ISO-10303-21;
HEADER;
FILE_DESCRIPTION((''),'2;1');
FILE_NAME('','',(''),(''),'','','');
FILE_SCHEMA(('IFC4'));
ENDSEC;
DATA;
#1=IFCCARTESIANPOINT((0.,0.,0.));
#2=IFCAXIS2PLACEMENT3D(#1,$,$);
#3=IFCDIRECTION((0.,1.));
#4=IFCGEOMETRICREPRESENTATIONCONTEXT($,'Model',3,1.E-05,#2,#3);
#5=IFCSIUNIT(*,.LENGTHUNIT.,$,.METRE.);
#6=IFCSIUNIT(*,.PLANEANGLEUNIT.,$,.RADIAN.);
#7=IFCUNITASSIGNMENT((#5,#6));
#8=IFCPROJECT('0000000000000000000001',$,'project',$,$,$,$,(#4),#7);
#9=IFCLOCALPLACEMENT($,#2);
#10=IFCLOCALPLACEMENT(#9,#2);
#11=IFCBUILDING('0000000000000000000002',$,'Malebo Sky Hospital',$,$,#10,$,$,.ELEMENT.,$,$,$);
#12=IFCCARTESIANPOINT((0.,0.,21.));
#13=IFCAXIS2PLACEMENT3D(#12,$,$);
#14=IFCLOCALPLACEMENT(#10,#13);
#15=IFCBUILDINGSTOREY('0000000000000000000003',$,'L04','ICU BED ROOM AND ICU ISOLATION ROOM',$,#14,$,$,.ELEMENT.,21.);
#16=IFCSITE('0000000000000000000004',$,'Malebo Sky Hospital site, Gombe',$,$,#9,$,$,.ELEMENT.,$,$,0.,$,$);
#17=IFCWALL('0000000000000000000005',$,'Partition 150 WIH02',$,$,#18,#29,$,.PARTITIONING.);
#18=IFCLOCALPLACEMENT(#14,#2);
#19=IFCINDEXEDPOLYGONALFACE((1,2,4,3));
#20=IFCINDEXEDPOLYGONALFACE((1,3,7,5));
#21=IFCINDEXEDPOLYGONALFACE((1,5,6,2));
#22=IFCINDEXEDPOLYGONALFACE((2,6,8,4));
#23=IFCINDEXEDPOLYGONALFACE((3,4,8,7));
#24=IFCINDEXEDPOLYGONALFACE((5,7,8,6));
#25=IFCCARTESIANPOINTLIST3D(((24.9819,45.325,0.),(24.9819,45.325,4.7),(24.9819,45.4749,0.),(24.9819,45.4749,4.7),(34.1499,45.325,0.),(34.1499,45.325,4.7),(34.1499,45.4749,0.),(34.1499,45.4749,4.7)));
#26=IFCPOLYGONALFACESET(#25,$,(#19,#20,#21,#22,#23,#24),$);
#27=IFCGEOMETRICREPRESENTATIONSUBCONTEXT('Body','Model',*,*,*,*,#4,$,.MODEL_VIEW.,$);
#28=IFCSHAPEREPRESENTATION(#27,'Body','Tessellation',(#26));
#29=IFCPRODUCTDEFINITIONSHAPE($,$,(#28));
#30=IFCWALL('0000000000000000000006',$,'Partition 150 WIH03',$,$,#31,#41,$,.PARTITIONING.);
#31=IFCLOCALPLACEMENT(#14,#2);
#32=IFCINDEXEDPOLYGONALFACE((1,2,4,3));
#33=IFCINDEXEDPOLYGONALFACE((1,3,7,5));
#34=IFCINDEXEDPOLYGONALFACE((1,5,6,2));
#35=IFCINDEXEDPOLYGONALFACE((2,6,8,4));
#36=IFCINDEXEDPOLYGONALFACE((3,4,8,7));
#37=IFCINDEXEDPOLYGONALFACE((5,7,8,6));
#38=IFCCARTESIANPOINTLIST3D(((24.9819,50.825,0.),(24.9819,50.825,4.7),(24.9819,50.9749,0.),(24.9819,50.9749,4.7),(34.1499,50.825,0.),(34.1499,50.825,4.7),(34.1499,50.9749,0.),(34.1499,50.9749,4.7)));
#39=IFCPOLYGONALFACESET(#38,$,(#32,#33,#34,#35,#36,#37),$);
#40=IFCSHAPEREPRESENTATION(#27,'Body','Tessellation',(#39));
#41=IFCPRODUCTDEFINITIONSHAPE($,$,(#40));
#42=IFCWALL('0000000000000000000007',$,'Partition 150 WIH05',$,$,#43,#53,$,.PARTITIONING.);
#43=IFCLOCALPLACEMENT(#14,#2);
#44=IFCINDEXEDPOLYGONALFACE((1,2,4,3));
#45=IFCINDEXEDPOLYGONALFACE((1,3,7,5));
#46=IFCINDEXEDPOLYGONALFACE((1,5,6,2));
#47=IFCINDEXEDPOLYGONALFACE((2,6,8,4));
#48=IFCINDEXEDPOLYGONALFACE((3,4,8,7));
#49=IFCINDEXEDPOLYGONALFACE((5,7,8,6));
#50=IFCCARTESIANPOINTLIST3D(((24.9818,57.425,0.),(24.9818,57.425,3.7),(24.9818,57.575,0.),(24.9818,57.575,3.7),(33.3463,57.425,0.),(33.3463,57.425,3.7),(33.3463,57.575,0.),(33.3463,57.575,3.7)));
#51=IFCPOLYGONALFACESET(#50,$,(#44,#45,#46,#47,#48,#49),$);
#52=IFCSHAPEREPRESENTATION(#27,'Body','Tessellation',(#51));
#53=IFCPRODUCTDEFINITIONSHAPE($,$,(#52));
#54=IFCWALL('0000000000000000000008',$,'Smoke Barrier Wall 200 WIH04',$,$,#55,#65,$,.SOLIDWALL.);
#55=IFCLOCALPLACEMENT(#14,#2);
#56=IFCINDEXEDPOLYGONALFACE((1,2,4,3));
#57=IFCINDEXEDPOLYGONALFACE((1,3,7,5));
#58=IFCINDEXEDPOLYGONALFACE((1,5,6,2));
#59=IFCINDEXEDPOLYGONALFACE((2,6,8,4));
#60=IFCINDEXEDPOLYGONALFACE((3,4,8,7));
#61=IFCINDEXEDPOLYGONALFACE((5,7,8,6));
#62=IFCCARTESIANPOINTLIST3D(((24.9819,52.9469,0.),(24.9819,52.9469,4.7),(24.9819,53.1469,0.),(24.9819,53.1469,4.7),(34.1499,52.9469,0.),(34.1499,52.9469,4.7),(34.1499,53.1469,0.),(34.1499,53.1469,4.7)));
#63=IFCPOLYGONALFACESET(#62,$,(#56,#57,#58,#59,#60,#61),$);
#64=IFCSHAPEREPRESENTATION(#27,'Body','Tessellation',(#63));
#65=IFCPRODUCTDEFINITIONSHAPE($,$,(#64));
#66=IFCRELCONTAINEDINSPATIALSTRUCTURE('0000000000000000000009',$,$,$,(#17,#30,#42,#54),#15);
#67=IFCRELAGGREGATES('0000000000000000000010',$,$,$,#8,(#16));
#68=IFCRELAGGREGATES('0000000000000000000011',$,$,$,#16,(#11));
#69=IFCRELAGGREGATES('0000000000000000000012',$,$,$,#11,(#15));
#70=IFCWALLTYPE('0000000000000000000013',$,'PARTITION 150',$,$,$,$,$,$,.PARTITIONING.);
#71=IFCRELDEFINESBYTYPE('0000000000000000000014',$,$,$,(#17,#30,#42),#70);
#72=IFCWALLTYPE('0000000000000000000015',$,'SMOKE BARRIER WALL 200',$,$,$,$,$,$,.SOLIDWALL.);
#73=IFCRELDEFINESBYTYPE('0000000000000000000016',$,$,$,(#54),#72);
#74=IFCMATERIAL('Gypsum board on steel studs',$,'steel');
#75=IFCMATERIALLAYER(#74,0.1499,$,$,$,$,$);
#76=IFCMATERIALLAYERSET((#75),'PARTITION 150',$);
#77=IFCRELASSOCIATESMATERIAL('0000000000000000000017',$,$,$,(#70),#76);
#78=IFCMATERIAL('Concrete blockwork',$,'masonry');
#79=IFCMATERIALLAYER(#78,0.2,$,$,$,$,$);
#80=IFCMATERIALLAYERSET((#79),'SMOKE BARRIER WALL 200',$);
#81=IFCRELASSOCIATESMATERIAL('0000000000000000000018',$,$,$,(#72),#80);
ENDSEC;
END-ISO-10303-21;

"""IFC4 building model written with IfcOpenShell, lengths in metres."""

from ifc_helpers import new_model, si_unit, direction, frame, frame_2d, origin, place, context, subcontext, project, spatial, rectangle, extrude, material, layer, layer_set, type_object, element, save


model = new_model("IFC4")

# Units and contexts
model_context = context("Model", 3, precision=1e-05, world=origin(), true_north=direction((0.0, 1.0)))
body_context = subcontext(model_context, "Body", "Model", "MODEL_VIEW")
ifc_project = project(units=[si_unit("LENGTHUNIT", "METRE"), si_unit("PLANEANGLEUNIT", "RADIAN")], contexts=[model_context])

# Site, building, storey
site_placement = place(None, origin())
site = spatial("IfcSite", under=ifc_project, at=site_placement, Name="Malebo Sky Hospital site, Gombe", CompositionType="ELEMENT", RefElevation=0.0)
building_placement = place(site_placement, origin())
building = spatial("IfcBuilding", under=site, at=building_placement, Name="Malebo Sky Hospital", CompositionType="ELEMENT")
storey_placement = place(building_placement, frame((0.0, 0.0, 21.0)))
storey = spatial("IfcBuildingStorey", under=building, at=storey_placement, Name="L04", Description="ICU BED ROOM AND ICU ISOLATION ROOM", CompositionType="ELEMENT", Elevation=21.0)

# Shared definitions
ifc_material_1 = material(Name="Gypsum board on steel studs", Category="steel")

# Shared definitions
ifc_layer_1 = layer(ifc_material_1, 0.1499)
ifc_layer_set_1 = layer_set([ifc_layer_1], Name="PARTITION 150")
wall_type_1 = type_object("IfcWallType", Name="PARTITION 150", PredefinedType="PARTITIONING", material=ifc_layer_set_1)

# Walls
for number, where, z_axis, x_axis, name in (
    (1, (24.9819, 45.3999, 0.0), (0.0, 0.0, 1.0), (1.0, 0.0, 0.0), "Partition 150 WIH02"),
    (2, (24.9819, 50.8999, 0.0), (0.0, 0.0, 1.0), (1.0, 0.0, 0.0), "Partition 150 WIH03"),
):
    element("IfcWall", number, at=place(storey_placement, frame(where, z_axis=z_axis, x_axis=x_axis)), inside=storey, type_object=wall_type_1, Name=name, PredefinedType="PARTITIONING", context=body_context, shape_type="SweptSolid", body=[
        extrude(rectangle(XDim=9.168, YDim=0.1499, at=frame_2d((4.584, 0.0))), origin(), (0.0, 0.0, 1.0), 4.7),
    ])
wall_1_placement = place(storey_placement, frame((24.9819, 57.5, 0.0), z_axis=(0.0, 0.0, 1.0), x_axis=(1.0, 0.0, 0.0)))
element("IfcWall", 3, at=wall_1_placement, inside=storey, type_object=wall_type_1, Name="Partition 150 WIH05", PredefinedType="PARTITIONING", context=body_context, shape_type="SweptSolid", body=[
    extrude(rectangle(XDim=8.3645, YDim=0.1499, at=frame_2d((4.1821, 0.0))), origin(), (0.0, 0.0, 1.0), 3.7),
])
ifc_material_2 = material(Name="Concrete blockwork", Category="masonry")
ifc_layer_2 = layer(ifc_material_2, 0.2)
ifc_layer_set_2 = layer_set([ifc_layer_2], Name="SMOKE BARRIER WALL 200")
wall_type_2 = type_object("IfcWallType", Name="SMOKE BARRIER WALL 200", PredefinedType="SOLIDWALL", material=ifc_layer_set_2)
wall_2_placement = place(storey_placement, frame((24.9819, 53.0469, 0.0), z_axis=(0.0, 0.0, 1.0), x_axis=(1.0, 0.0, 0.0)))
element("IfcWall", 4, at=wall_2_placement, inside=storey, type_object=wall_type_2, Name="Smoke Barrier Wall 200 WIH04", PredefinedType="SOLIDWALL", context=body_context, shape_type="SweptSolid", body=[
    extrude(rectangle(XDim=9.168, YDim=0.2, at=frame_2d((4.584, 0.0))), origin(), (0.0, 0.0, 1.0), 4.7),
])

save(model, "model.ifc")
